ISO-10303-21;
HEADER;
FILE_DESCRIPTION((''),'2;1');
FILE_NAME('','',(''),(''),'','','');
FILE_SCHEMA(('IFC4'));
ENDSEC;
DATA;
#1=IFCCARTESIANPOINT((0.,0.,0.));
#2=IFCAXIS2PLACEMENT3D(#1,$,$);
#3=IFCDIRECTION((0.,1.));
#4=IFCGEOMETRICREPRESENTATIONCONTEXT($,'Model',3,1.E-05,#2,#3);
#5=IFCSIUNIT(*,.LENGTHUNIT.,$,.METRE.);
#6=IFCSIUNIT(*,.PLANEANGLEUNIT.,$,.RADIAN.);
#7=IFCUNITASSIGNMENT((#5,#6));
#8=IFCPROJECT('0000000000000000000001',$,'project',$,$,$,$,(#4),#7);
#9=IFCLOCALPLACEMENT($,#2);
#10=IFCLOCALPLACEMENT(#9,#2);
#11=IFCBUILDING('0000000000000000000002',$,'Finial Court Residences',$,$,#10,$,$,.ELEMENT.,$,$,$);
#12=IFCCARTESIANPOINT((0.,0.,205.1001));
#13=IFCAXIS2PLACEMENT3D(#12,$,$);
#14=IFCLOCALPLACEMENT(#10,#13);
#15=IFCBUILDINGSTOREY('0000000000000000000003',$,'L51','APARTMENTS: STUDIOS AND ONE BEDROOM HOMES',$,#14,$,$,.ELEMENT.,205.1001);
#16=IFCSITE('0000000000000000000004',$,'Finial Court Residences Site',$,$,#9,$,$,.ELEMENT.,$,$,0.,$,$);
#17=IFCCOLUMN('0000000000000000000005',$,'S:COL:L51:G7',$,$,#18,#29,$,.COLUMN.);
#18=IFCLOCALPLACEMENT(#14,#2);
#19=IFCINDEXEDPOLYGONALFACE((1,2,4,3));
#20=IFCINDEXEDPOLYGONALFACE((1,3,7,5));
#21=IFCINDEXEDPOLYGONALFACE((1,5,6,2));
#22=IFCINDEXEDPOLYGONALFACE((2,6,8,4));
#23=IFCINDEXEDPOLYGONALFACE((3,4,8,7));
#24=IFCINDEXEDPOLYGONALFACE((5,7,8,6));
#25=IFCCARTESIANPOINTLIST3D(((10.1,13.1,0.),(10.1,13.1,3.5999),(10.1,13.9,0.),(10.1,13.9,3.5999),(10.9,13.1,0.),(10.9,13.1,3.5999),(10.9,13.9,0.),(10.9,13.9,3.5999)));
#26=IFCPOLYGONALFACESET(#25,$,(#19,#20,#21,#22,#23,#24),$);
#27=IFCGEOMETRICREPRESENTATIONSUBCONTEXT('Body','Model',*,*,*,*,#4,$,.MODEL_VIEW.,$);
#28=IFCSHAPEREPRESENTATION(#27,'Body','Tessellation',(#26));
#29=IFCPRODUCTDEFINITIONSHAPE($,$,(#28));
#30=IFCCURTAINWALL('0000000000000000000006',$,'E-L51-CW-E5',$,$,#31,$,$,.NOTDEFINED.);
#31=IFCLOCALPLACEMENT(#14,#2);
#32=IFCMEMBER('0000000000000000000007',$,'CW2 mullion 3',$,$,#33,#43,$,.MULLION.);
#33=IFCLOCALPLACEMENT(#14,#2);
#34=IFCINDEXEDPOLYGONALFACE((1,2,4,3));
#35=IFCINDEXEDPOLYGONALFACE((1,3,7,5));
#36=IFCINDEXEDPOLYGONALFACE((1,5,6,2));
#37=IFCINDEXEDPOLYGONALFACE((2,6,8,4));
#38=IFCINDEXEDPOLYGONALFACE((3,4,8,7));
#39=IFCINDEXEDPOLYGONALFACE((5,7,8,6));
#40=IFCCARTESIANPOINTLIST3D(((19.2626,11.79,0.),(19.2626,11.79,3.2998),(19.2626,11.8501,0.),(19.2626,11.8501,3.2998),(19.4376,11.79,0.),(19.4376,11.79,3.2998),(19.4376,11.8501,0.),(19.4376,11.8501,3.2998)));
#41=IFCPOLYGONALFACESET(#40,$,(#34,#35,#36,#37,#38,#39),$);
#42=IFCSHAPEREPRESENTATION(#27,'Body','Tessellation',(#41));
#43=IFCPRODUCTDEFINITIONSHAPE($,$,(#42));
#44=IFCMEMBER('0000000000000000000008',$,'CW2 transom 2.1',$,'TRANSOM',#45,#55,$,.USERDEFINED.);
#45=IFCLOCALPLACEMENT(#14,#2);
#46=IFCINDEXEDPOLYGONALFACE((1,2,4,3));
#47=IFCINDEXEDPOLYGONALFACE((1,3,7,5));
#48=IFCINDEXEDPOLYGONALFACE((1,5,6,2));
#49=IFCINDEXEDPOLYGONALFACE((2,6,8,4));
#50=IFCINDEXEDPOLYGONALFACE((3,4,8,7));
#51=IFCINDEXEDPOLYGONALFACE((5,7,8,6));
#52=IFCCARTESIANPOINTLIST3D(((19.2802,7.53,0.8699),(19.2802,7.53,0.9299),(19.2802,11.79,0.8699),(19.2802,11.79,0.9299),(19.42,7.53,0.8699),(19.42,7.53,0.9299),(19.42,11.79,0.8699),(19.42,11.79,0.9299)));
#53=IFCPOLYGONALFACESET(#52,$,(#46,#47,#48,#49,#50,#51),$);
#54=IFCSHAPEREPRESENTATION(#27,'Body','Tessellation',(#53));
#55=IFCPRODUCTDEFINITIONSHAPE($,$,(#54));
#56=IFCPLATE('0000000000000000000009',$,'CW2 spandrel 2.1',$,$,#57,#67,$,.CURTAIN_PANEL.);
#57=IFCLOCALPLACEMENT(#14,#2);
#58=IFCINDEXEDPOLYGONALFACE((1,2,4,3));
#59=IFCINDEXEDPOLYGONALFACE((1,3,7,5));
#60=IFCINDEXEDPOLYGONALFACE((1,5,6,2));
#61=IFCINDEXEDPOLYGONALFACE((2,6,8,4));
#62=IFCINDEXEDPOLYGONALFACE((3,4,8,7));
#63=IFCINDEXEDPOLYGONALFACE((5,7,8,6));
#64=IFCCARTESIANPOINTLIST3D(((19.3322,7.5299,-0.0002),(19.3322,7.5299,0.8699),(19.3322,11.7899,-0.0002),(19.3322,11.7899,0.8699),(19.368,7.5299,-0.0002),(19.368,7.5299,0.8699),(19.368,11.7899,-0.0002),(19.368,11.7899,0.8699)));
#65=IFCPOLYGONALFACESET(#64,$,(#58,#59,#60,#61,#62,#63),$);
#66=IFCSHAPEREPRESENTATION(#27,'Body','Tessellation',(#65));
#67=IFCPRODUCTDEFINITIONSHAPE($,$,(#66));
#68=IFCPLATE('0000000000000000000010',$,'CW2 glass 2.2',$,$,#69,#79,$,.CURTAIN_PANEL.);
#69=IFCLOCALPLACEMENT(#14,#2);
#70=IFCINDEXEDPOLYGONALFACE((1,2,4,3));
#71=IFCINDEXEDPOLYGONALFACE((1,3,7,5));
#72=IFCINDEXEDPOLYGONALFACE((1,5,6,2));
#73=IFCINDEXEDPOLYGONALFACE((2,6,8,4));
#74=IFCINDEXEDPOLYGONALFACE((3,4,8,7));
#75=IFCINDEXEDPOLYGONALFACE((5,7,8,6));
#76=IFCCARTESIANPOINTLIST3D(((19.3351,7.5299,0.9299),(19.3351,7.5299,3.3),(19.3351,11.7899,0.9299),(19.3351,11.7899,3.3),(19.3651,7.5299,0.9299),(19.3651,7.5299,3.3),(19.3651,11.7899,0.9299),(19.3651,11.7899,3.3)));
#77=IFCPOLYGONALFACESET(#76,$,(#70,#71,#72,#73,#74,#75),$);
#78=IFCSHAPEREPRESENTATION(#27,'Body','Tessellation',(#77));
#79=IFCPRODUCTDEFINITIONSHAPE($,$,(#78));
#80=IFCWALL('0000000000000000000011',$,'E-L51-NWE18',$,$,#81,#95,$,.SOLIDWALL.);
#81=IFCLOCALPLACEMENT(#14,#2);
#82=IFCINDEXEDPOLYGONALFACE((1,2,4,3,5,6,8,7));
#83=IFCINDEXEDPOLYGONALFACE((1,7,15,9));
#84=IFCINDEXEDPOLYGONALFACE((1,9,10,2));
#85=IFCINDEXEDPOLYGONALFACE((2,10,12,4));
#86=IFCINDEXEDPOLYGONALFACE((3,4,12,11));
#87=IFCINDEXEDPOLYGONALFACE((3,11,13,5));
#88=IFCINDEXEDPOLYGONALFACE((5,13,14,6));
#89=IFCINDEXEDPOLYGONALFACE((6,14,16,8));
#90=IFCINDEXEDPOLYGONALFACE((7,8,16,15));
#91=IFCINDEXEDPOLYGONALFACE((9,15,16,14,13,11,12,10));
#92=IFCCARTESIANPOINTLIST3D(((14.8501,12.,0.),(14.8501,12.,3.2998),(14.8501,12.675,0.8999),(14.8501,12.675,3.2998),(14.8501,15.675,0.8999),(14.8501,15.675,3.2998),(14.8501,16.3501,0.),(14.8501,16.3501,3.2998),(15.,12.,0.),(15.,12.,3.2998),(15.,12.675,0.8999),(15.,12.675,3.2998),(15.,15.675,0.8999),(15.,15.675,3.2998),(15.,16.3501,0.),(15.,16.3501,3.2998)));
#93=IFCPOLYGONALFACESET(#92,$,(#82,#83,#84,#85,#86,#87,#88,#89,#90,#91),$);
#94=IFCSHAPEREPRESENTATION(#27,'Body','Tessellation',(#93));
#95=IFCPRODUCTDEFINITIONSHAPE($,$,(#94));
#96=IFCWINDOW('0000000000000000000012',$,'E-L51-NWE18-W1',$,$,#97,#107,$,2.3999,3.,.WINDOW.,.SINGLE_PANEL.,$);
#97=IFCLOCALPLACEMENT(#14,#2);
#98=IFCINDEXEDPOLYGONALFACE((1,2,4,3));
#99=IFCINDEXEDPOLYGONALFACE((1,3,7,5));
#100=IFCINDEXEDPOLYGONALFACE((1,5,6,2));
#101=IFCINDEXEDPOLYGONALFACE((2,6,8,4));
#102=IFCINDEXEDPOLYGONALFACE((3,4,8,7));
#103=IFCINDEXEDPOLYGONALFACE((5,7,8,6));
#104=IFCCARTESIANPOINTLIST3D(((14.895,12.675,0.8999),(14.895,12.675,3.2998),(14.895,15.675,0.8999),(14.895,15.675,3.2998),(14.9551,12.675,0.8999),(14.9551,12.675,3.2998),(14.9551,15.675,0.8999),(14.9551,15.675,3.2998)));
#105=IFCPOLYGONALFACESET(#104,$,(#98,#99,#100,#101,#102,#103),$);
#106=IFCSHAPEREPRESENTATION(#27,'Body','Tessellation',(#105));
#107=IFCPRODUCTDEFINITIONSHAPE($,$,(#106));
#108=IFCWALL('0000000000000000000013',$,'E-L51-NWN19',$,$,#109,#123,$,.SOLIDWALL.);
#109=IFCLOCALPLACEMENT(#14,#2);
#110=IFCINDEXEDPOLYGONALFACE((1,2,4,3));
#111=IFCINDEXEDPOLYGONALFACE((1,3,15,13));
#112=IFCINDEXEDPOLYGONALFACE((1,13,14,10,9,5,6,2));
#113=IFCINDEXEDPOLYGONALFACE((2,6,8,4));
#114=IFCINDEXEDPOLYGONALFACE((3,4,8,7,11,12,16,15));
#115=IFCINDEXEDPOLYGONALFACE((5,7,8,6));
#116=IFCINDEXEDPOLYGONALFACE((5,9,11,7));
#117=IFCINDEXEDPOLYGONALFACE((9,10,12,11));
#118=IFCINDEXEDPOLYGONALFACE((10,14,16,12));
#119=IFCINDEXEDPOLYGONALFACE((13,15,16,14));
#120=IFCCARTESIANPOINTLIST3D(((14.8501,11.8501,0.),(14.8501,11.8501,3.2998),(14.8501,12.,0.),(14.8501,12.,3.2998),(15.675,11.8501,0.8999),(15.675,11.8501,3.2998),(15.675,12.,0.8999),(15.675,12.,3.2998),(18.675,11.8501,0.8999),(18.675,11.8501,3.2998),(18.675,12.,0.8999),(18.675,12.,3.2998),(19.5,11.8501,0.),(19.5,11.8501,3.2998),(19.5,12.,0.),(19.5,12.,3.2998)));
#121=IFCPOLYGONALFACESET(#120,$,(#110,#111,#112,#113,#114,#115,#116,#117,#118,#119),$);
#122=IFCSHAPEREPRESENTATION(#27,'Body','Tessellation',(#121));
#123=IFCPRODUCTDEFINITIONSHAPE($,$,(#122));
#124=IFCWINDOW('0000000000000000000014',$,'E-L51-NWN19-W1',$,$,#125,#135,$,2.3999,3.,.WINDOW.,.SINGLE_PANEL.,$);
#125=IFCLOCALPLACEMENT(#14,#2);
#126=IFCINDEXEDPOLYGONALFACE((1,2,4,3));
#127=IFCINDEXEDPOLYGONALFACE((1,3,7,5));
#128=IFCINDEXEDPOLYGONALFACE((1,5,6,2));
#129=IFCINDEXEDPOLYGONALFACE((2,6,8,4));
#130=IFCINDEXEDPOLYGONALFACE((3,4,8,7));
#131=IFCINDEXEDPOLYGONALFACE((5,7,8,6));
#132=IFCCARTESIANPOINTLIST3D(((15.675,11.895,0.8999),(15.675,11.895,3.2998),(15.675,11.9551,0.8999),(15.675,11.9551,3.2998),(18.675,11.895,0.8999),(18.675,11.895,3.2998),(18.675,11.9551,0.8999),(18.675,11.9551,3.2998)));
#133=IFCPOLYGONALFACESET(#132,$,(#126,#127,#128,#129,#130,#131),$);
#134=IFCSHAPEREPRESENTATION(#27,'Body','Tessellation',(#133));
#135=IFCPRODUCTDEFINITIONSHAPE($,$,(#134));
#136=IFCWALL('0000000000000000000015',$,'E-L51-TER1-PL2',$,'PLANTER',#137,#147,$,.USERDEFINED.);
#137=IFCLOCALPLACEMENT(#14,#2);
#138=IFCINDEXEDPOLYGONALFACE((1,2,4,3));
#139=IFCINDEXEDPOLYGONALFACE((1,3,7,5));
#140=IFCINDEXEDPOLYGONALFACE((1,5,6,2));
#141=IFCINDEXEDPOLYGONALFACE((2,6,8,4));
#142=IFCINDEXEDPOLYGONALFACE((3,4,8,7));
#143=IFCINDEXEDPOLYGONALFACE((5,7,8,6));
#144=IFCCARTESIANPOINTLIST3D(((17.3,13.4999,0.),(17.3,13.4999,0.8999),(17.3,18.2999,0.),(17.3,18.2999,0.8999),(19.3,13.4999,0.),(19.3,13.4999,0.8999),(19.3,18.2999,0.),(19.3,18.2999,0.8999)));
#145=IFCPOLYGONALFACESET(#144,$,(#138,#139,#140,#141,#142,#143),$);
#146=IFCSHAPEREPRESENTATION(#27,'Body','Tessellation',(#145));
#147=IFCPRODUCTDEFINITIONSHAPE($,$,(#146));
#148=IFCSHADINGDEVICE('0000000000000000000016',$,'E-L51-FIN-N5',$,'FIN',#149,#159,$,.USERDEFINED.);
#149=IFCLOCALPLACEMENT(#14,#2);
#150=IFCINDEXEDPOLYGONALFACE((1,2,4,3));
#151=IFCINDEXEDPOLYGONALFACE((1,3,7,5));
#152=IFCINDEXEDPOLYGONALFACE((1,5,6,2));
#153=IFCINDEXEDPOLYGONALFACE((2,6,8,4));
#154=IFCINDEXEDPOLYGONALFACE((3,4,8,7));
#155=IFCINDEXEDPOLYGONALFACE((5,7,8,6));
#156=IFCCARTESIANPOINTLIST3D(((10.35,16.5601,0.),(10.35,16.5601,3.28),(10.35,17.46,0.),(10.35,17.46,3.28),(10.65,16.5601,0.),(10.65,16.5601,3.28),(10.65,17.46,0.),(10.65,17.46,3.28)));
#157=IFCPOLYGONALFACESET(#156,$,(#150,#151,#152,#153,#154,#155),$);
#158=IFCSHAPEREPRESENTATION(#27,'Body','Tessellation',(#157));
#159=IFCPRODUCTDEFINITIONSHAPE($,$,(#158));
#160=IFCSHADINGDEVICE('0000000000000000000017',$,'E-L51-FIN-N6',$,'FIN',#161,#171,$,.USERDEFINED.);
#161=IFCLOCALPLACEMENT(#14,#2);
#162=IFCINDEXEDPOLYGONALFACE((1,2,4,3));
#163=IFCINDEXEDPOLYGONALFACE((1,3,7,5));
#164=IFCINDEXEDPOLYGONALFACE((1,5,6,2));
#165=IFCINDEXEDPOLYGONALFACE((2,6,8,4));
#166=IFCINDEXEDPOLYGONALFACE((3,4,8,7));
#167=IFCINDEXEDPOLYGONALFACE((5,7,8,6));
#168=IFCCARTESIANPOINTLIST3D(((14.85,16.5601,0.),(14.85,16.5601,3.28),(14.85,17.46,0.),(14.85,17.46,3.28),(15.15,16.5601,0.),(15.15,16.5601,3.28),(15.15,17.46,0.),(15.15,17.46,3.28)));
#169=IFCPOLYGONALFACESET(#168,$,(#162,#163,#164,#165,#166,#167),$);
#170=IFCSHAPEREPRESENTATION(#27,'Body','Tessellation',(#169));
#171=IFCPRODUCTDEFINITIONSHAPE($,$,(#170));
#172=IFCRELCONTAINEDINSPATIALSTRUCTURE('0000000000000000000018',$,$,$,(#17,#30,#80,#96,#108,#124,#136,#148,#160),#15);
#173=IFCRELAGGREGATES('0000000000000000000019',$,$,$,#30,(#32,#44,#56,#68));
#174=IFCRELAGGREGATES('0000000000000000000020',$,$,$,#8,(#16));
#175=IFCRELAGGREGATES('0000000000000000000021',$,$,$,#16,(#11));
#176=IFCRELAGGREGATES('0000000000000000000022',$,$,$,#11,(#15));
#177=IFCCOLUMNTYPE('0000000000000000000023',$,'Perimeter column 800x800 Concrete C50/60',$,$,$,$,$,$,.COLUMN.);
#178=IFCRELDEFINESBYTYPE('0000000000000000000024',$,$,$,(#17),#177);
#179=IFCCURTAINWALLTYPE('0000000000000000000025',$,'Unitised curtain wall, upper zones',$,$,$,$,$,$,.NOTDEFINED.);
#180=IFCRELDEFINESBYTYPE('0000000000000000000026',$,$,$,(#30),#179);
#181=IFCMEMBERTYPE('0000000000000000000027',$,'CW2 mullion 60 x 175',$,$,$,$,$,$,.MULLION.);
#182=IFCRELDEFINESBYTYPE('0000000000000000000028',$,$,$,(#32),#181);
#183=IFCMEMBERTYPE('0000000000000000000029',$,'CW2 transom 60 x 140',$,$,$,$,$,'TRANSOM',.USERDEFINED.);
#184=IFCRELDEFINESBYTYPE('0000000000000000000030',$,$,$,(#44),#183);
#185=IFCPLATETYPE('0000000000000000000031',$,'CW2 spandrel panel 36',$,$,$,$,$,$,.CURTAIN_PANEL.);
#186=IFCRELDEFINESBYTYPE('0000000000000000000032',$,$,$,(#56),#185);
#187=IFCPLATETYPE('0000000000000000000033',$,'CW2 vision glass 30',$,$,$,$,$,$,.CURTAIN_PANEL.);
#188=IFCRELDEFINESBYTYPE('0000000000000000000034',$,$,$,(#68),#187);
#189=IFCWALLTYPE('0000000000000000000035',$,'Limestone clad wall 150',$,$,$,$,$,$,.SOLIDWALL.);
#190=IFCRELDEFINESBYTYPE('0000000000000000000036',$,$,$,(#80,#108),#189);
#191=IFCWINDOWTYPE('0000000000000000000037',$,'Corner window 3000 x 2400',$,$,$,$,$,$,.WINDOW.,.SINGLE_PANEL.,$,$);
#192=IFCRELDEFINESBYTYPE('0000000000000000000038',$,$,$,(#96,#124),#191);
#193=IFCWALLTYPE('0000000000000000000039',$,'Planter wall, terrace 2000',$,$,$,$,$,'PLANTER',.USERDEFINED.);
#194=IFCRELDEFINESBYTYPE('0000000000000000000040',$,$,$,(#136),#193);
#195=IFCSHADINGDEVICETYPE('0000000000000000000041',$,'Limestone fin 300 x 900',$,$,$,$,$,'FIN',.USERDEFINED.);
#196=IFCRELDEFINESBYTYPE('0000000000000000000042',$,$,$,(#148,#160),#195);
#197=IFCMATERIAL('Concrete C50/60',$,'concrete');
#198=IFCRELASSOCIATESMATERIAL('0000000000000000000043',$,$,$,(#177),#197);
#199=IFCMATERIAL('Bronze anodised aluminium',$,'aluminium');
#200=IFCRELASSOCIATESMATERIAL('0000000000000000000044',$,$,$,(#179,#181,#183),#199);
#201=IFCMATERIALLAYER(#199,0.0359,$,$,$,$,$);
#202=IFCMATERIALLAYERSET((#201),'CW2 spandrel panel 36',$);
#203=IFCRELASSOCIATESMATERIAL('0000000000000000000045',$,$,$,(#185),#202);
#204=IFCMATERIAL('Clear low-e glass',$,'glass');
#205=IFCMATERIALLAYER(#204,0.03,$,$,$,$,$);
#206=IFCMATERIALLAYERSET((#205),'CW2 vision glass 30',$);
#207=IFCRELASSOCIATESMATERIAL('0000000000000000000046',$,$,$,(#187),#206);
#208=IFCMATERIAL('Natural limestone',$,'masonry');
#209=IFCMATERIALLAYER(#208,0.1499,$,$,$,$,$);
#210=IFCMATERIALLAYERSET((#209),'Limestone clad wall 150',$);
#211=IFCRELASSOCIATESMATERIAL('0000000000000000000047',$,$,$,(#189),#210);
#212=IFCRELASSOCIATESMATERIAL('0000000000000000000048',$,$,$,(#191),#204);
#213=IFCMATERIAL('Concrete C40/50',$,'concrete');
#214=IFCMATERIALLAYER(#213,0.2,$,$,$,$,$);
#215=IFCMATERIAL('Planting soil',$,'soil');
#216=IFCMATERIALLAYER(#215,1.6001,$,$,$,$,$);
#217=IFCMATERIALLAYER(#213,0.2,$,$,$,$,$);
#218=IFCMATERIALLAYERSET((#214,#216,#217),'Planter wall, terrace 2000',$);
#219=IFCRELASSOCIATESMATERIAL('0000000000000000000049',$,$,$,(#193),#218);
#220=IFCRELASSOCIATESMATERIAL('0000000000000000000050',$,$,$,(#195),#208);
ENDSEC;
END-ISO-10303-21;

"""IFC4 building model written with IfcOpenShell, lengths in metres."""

from ifc_helpers import new_model, si_unit, direction, frame, frame_2d, origin, origin_2d, place, context, subcontext, project, spatial, rectangle, extrude, material, layer, layer_set, material_profile, profile_set, type_object, element, fill, aggregate, save


model = new_model("IFC4")

# Units and contexts
model_context = context("Model", 3, precision=1e-05, world=origin(), true_north=direction((0.0, 1.0)))
body_context = subcontext(model_context, "Body", "Model", "MODEL_VIEW")
ifc_project = project(units=[si_unit("LENGTHUNIT", "METRE"), si_unit("PLANEANGLEUNIT", "RADIAN")], contexts=[model_context])

# Site, building, storey
site_placement = place(None, origin())
site = spatial("IfcSite", under=ifc_project, at=site_placement, Name="Finial Court Residences Site", CompositionType="ELEMENT", RefElevation=0.0)
building_placement = place(site_placement, origin())
building = spatial("IfcBuilding", under=site, at=building_placement, Name="Finial Court Residences", CompositionType="ELEMENT")
storey_placement = place(building_placement, frame((0.0, 0.0, 205.1001)))
storey = spatial("IfcBuildingStorey", under=building, at=storey_placement, Name="L51", Description="APARTMENTS: STUDIOS AND ONE BEDROOM HOMES", CompositionType="ELEMENT", Elevation=205.1001)

# Column
ifc_material_1 = material(Name="Concrete C50/60", Category="concrete")
ifc_material_profile_1 = material_profile(ifc_material_1, rectangle(XDim=0.8, YDim=0.8, at=origin_2d()), Name="800x800")
ifc_profile_set_1 = profile_set([ifc_material_profile_1], Name="Concrete C50/60")
column_type = type_object("IfcColumnType", Name="Perimeter column 800x800 Concrete C50/60", PredefinedType="COLUMN", material=ifc_profile_set_1)
column_placement = place(storey_placement, frame((10.5, 13.5, 0.0), z_axis=(0.0, 0.0, 1.0), x_axis=(1.0, 0.0, 0.0)))
element("IfcColumn", 1, at=column_placement, inside=storey, type_object=column_type, Name="S:COL:L51:G7", PredefinedType="COLUMN", context=body_context, shape_type="SweptSolid", body=[
    extrude(rectangle(XDim=0.8, YDim=0.8, at=origin_2d()), origin(), (0.0, 0.0, 1.0), 3.5999),
])

# Curtain wall, members, plates
ifc_material_2 = material(Name="Bronze anodised aluminium", Category="aluminium")
curtain_wall_type = type_object("IfcCurtainWallType", Name="Unitised curtain wall, upper zones", PredefinedType="NOTDEFINED", material=ifc_material_2)
curtain_wall_placement = place(storey_placement, origin())
curtain_wall = element("IfcCurtainWall", 2, at=curtain_wall_placement, inside=storey, type_object=curtain_wall_type, Name="E-L51-CW-E5", PredefinedType="NOTDEFINED")
ifc_material_profile_2 = material_profile(ifc_material_2, rectangle(XDim=0.175, YDim=0.0601, at=origin_2d()), Name="CW2 mullion 60 x 175")
ifc_profile_set_2 = profile_set([ifc_material_profile_2], Name="Bronze anodised aluminium")
member_type_1 = type_object("IfcMemberType", Name="CW2 mullion 60 x 175", PredefinedType="MULLION", material=ifc_profile_set_2)
member_1_placement = place(storey_placement, frame((19.3501, 11.8201, 0.0), z_axis=(0.0, 0.0, 1.0), x_axis=(-1.0, 0.0, 0.0)))
member_1 = element("IfcMember", 3, at=member_1_placement, type_object=member_type_1, Name="CW2 mullion 3", PredefinedType="MULLION", context=body_context, shape_type="SweptSolid", body=[
    extrude(rectangle(XDim=0.175, YDim=0.0601, at=origin_2d()), origin(), (0.0, 0.0, 1.0), 3.2998),
])
ifc_material_profile_3 = material_profile(ifc_material_2, rectangle(XDim=0.1399, YDim=0.0601, at=origin_2d()), Name="CW2 transom 60 x 140")
ifc_profile_set_3 = profile_set([ifc_material_profile_3], Name="Bronze anodised aluminium")
member_type_2 = type_object("IfcMemberType", Name="CW2 transom 60 x 140", ElementType="TRANSOM", PredefinedType="USERDEFINED", material=ifc_profile_set_3)
member_2_placement = place(storey_placement, frame((19.3501, 7.53, 0.8999), z_axis=(0.0, 1.0, 0.0), x_axis=(-1.0, 0.0, 0.0)))
member_2 = element("IfcMember", 4, at=member_2_placement, type_object=member_type_2, Name="CW2 transom 2.1", ObjectType="TRANSOM", PredefinedType="USERDEFINED", context=body_context, shape_type="SweptSolid", body=[
    extrude(rectangle(XDim=0.1399, YDim=0.0601, at=origin_2d()), origin(), (0.0, 0.0, 1.0), 4.26),
])
ifc_layer_1 = layer(ifc_material_2, 0.0359)
ifc_layer_set_1 = layer_set([ifc_layer_1], Name="CW2 spandrel panel 36")
plate_type_1 = type_object("IfcPlateType", Name="CW2 spandrel panel 36", PredefinedType="CURTAIN_PANEL", material=ifc_layer_set_1)
plate_1_placement = place(storey_placement, frame((19.3501, 9.6599, -0.0002), z_axis=(0.0, 0.0, 1.0), x_axis=(0.0, 1.0, 0.0)))
plate_1 = element("IfcPlate", 5, at=plate_1_placement, type_object=plate_type_1, Name="CW2 spandrel 2.1", PredefinedType="CURTAIN_PANEL", context=body_context, shape_type="SweptSolid", body=[
    extrude(rectangle(XDim=4.26, YDim=0.0359, at=origin_2d()), origin(), (0.0, 0.0, 1.0), 0.8701),
])
ifc_material_3 = material(Name="Clear low-e glass", Category="glass")
ifc_layer_2 = layer(ifc_material_3, 0.03)
ifc_layer_set_2 = layer_set([ifc_layer_2], Name="CW2 vision glass 30")
plate_type_2 = type_object("IfcPlateType", Name="CW2 vision glass 30", PredefinedType="CURTAIN_PANEL", material=ifc_layer_set_2)
plate_2_placement = place(storey_placement, frame((19.3501, 9.6599, 0.9299), z_axis=(0.0, 0.0, 1.0), x_axis=(0.0, 1.0, 0.0)))
plate_2 = element("IfcPlate", 6, at=plate_2_placement, type_object=plate_type_2, Name="CW2 glass 2.2", PredefinedType="CURTAIN_PANEL", context=body_context, shape_type="SweptSolid", body=[
    extrude(rectangle(XDim=4.26, YDim=0.03, at=origin_2d()), origin(), (0.0, 0.0, 1.0), 2.3701),
])
aggregate(curtain_wall, [member_1, member_2, plate_1, plate_2])

# Walls, openings, windows
ifc_material_4 = material(Name="Natural limestone", Category="masonry")
ifc_layer_3 = layer(ifc_material_4, 0.1499)
ifc_layer_set_3 = layer_set([ifc_layer_3], Name="Limestone clad wall 150")
wall_type_1 = type_object("IfcWallType", Name="Limestone clad wall 150", PredefinedType="SOLIDWALL", material=ifc_layer_set_3)
wall_1_placement = place(storey_placement, frame((14.925, 16.3501, 0.0), z_axis=(0.0, 0.0, 1.0), x_axis=(0.0, -1.0, 0.0)))
wall_1 = element("IfcWall", 7, at=wall_1_placement, inside=storey, type_object=wall_type_1, Name="E-L51-NWE18", PredefinedType="SOLIDWALL", context=body_context, shape_type="SweptSolid", body=[
    extrude(rectangle(XDim=4.3501, YDim=0.1499, at=frame_2d((2.175, 0.0))), origin(), (0.0, 0.0, 1.0), 3.2998),
])
opening_1_placement = place(wall_1_placement, frame((0.675, 0.0, 0.8999)))
opening_1 = element("IfcOpeningElement", 8, at=opening_1_placement, cuts=wall_1, PredefinedType="OPENING", context=body_context, shape_type="SweptSolid", body=[
    extrude(rectangle(XDim=3.0, YDim=2.3999, at=frame_2d((1.5, 1.2))), frame((0.0, 0.085, 0.0), z_axis=(0.0, -1.0, 0.0), x_axis=(1.0, 0.0, 0.0)), (0.0, 0.0, 1.0), 0.1699),
])
window_type_1 = type_object("IfcWindowType", Name="Corner window 3000 x 2400", PartitioningType="SINGLE_PANEL", PredefinedType="WINDOW", material=ifc_material_3)
window_1_placement = place(opening_1_placement, origin())
window_1 = element("IfcWindow", 9, at=window_1_placement, inside=storey, type_object=window_type_1, Name="E-L51-NWE18-W1", OverallHeight=2.3999, OverallWidth=3.0, PartitioningType="SINGLE_PANEL", PredefinedType="WINDOW", context=body_context, shape_type="SweptSolid", body=[
    extrude(rectangle(XDim=3.0, YDim=2.3999, at=frame_2d((1.5, 1.2))), frame((0.0, 0.03, 0.0), z_axis=(0.0, -1.0, 0.0), x_axis=(1.0, 0.0, 0.0)), (0.0, 0.0, 1.0), 0.0601),
])
fill(opening_1, window_1)
wall_2_placement = place(storey_placement, frame((14.8501, 11.925, 0.0), z_axis=(0.0, 0.0, 1.0), x_axis=(1.0, 0.0, 0.0)))
wall_2 = element("IfcWall", 10, at=wall_2_placement, inside=storey, type_object=wall_type_1, Name="E-L51-NWN19", PredefinedType="SOLIDWALL", context=body_context, shape_type="SweptSolid", body=[
    extrude(rectangle(XDim=4.6499, YDim=0.1499, at=frame_2d((2.325, 0.0))), origin(), (0.0, 0.0, 1.0), 3.2998),
])
opening_2_placement = place(wall_2_placement, frame((0.825, 0.0, 0.8999)))
opening_2 = element("IfcOpeningElement", 11, at=opening_2_placement, cuts=wall_2, PredefinedType="OPENING", context=body_context, shape_type="SweptSolid", body=[
    extrude(rectangle(XDim=3.0, YDim=2.3999, at=frame_2d((1.5, 1.2))), frame((0.0, 0.085, 0.0), z_axis=(0.0, -1.0, 0.0), x_axis=(1.0, 0.0, 0.0)), (0.0, 0.0, 1.0), 0.1699),
])
window_2_placement = place(opening_2_placement, origin())
window_2 = element("IfcWindow", 12, at=window_2_placement, inside=storey, type_object=window_type_1, Name="E-L51-NWN19-W1", OverallHeight=2.3999, OverallWidth=3.0, PartitioningType="SINGLE_PANEL", PredefinedType="WINDOW", context=body_context, shape_type="SweptSolid", body=[
    extrude(rectangle(XDim=3.0, YDim=2.3999, at=frame_2d((1.5, 1.2))), frame((0.0, 0.03, 0.0), z_axis=(0.0, -1.0, 0.0), x_axis=(1.0, 0.0, 0.0)), (0.0, 0.0, 1.0), 0.0601),
])
fill(opening_2, window_2)

# Wall
ifc_material_5 = material(Name="Concrete C40/50", Category="concrete")
ifc_layer_4 = layer(ifc_material_5, 0.2)
ifc_material_6 = material(Name="Planting soil", Category="soil")
ifc_layer_5 = layer(ifc_material_6, 1.6001)
ifc_layer_6 = layer(ifc_material_5, 0.2)
ifc_layer_set_4 = layer_set([ifc_layer_4, ifc_layer_5, ifc_layer_6], Name="Planter wall, terrace 2000")
wall_type_2 = type_object("IfcWallType", Name="Planter wall, terrace 2000", ElementType="PLANTER", PredefinedType="USERDEFINED", material=ifc_layer_set_4)
wall_3_placement = place(storey_placement, frame((18.3, 13.5, 0.0), z_axis=(0.0, 0.0, 1.0), x_axis=(0.0, 1.0, 0.0)))
element("IfcWall", 13, at=wall_3_placement, inside=storey, type_object=wall_type_2, Name="E-L51-TER1-PL2", ObjectType="PLANTER", PredefinedType="USERDEFINED", context=body_context, shape_type="SweptSolid", body=[
    extrude(rectangle(XDim=4.8, YDim=2.0, at=frame_2d((2.3999, 0.0))), origin(), (0.0, 0.0, 1.0), 0.8999),
])

# Shading devices
shading_device_type = type_object("IfcShadingDeviceType", Name="Limestone fin 300 x 900", ElementType="FIN", PredefinedType="USERDEFINED", material=ifc_material_4)
for number, where, z_axis, x_axis, name in (
    (14, (10.5, 17.01, 0.0), (0.0, 0.0, 1.0), (1.0, 0.0, 0.0), "E-L51-FIN-N5"),
    (15, (15.0, 17.01, 0.0), (0.0, 0.0, 1.0), (1.0, 0.0, 0.0), "E-L51-FIN-N6"),
):
    element("IfcShadingDevice", number, at=place(storey_placement, frame(where, z_axis=z_axis, x_axis=x_axis)), inside=storey, type_object=shading_device_type, Name=name, ObjectType="FIN", PredefinedType="USERDEFINED", context=body_context, shape_type="SweptSolid", body=[
        extrude(rectangle(XDim=0.3, YDim=0.8999, at=origin_2d()), origin(), (0.0, 0.0, 1.0), 3.28),
    ])

save(model, "model.ifc")
